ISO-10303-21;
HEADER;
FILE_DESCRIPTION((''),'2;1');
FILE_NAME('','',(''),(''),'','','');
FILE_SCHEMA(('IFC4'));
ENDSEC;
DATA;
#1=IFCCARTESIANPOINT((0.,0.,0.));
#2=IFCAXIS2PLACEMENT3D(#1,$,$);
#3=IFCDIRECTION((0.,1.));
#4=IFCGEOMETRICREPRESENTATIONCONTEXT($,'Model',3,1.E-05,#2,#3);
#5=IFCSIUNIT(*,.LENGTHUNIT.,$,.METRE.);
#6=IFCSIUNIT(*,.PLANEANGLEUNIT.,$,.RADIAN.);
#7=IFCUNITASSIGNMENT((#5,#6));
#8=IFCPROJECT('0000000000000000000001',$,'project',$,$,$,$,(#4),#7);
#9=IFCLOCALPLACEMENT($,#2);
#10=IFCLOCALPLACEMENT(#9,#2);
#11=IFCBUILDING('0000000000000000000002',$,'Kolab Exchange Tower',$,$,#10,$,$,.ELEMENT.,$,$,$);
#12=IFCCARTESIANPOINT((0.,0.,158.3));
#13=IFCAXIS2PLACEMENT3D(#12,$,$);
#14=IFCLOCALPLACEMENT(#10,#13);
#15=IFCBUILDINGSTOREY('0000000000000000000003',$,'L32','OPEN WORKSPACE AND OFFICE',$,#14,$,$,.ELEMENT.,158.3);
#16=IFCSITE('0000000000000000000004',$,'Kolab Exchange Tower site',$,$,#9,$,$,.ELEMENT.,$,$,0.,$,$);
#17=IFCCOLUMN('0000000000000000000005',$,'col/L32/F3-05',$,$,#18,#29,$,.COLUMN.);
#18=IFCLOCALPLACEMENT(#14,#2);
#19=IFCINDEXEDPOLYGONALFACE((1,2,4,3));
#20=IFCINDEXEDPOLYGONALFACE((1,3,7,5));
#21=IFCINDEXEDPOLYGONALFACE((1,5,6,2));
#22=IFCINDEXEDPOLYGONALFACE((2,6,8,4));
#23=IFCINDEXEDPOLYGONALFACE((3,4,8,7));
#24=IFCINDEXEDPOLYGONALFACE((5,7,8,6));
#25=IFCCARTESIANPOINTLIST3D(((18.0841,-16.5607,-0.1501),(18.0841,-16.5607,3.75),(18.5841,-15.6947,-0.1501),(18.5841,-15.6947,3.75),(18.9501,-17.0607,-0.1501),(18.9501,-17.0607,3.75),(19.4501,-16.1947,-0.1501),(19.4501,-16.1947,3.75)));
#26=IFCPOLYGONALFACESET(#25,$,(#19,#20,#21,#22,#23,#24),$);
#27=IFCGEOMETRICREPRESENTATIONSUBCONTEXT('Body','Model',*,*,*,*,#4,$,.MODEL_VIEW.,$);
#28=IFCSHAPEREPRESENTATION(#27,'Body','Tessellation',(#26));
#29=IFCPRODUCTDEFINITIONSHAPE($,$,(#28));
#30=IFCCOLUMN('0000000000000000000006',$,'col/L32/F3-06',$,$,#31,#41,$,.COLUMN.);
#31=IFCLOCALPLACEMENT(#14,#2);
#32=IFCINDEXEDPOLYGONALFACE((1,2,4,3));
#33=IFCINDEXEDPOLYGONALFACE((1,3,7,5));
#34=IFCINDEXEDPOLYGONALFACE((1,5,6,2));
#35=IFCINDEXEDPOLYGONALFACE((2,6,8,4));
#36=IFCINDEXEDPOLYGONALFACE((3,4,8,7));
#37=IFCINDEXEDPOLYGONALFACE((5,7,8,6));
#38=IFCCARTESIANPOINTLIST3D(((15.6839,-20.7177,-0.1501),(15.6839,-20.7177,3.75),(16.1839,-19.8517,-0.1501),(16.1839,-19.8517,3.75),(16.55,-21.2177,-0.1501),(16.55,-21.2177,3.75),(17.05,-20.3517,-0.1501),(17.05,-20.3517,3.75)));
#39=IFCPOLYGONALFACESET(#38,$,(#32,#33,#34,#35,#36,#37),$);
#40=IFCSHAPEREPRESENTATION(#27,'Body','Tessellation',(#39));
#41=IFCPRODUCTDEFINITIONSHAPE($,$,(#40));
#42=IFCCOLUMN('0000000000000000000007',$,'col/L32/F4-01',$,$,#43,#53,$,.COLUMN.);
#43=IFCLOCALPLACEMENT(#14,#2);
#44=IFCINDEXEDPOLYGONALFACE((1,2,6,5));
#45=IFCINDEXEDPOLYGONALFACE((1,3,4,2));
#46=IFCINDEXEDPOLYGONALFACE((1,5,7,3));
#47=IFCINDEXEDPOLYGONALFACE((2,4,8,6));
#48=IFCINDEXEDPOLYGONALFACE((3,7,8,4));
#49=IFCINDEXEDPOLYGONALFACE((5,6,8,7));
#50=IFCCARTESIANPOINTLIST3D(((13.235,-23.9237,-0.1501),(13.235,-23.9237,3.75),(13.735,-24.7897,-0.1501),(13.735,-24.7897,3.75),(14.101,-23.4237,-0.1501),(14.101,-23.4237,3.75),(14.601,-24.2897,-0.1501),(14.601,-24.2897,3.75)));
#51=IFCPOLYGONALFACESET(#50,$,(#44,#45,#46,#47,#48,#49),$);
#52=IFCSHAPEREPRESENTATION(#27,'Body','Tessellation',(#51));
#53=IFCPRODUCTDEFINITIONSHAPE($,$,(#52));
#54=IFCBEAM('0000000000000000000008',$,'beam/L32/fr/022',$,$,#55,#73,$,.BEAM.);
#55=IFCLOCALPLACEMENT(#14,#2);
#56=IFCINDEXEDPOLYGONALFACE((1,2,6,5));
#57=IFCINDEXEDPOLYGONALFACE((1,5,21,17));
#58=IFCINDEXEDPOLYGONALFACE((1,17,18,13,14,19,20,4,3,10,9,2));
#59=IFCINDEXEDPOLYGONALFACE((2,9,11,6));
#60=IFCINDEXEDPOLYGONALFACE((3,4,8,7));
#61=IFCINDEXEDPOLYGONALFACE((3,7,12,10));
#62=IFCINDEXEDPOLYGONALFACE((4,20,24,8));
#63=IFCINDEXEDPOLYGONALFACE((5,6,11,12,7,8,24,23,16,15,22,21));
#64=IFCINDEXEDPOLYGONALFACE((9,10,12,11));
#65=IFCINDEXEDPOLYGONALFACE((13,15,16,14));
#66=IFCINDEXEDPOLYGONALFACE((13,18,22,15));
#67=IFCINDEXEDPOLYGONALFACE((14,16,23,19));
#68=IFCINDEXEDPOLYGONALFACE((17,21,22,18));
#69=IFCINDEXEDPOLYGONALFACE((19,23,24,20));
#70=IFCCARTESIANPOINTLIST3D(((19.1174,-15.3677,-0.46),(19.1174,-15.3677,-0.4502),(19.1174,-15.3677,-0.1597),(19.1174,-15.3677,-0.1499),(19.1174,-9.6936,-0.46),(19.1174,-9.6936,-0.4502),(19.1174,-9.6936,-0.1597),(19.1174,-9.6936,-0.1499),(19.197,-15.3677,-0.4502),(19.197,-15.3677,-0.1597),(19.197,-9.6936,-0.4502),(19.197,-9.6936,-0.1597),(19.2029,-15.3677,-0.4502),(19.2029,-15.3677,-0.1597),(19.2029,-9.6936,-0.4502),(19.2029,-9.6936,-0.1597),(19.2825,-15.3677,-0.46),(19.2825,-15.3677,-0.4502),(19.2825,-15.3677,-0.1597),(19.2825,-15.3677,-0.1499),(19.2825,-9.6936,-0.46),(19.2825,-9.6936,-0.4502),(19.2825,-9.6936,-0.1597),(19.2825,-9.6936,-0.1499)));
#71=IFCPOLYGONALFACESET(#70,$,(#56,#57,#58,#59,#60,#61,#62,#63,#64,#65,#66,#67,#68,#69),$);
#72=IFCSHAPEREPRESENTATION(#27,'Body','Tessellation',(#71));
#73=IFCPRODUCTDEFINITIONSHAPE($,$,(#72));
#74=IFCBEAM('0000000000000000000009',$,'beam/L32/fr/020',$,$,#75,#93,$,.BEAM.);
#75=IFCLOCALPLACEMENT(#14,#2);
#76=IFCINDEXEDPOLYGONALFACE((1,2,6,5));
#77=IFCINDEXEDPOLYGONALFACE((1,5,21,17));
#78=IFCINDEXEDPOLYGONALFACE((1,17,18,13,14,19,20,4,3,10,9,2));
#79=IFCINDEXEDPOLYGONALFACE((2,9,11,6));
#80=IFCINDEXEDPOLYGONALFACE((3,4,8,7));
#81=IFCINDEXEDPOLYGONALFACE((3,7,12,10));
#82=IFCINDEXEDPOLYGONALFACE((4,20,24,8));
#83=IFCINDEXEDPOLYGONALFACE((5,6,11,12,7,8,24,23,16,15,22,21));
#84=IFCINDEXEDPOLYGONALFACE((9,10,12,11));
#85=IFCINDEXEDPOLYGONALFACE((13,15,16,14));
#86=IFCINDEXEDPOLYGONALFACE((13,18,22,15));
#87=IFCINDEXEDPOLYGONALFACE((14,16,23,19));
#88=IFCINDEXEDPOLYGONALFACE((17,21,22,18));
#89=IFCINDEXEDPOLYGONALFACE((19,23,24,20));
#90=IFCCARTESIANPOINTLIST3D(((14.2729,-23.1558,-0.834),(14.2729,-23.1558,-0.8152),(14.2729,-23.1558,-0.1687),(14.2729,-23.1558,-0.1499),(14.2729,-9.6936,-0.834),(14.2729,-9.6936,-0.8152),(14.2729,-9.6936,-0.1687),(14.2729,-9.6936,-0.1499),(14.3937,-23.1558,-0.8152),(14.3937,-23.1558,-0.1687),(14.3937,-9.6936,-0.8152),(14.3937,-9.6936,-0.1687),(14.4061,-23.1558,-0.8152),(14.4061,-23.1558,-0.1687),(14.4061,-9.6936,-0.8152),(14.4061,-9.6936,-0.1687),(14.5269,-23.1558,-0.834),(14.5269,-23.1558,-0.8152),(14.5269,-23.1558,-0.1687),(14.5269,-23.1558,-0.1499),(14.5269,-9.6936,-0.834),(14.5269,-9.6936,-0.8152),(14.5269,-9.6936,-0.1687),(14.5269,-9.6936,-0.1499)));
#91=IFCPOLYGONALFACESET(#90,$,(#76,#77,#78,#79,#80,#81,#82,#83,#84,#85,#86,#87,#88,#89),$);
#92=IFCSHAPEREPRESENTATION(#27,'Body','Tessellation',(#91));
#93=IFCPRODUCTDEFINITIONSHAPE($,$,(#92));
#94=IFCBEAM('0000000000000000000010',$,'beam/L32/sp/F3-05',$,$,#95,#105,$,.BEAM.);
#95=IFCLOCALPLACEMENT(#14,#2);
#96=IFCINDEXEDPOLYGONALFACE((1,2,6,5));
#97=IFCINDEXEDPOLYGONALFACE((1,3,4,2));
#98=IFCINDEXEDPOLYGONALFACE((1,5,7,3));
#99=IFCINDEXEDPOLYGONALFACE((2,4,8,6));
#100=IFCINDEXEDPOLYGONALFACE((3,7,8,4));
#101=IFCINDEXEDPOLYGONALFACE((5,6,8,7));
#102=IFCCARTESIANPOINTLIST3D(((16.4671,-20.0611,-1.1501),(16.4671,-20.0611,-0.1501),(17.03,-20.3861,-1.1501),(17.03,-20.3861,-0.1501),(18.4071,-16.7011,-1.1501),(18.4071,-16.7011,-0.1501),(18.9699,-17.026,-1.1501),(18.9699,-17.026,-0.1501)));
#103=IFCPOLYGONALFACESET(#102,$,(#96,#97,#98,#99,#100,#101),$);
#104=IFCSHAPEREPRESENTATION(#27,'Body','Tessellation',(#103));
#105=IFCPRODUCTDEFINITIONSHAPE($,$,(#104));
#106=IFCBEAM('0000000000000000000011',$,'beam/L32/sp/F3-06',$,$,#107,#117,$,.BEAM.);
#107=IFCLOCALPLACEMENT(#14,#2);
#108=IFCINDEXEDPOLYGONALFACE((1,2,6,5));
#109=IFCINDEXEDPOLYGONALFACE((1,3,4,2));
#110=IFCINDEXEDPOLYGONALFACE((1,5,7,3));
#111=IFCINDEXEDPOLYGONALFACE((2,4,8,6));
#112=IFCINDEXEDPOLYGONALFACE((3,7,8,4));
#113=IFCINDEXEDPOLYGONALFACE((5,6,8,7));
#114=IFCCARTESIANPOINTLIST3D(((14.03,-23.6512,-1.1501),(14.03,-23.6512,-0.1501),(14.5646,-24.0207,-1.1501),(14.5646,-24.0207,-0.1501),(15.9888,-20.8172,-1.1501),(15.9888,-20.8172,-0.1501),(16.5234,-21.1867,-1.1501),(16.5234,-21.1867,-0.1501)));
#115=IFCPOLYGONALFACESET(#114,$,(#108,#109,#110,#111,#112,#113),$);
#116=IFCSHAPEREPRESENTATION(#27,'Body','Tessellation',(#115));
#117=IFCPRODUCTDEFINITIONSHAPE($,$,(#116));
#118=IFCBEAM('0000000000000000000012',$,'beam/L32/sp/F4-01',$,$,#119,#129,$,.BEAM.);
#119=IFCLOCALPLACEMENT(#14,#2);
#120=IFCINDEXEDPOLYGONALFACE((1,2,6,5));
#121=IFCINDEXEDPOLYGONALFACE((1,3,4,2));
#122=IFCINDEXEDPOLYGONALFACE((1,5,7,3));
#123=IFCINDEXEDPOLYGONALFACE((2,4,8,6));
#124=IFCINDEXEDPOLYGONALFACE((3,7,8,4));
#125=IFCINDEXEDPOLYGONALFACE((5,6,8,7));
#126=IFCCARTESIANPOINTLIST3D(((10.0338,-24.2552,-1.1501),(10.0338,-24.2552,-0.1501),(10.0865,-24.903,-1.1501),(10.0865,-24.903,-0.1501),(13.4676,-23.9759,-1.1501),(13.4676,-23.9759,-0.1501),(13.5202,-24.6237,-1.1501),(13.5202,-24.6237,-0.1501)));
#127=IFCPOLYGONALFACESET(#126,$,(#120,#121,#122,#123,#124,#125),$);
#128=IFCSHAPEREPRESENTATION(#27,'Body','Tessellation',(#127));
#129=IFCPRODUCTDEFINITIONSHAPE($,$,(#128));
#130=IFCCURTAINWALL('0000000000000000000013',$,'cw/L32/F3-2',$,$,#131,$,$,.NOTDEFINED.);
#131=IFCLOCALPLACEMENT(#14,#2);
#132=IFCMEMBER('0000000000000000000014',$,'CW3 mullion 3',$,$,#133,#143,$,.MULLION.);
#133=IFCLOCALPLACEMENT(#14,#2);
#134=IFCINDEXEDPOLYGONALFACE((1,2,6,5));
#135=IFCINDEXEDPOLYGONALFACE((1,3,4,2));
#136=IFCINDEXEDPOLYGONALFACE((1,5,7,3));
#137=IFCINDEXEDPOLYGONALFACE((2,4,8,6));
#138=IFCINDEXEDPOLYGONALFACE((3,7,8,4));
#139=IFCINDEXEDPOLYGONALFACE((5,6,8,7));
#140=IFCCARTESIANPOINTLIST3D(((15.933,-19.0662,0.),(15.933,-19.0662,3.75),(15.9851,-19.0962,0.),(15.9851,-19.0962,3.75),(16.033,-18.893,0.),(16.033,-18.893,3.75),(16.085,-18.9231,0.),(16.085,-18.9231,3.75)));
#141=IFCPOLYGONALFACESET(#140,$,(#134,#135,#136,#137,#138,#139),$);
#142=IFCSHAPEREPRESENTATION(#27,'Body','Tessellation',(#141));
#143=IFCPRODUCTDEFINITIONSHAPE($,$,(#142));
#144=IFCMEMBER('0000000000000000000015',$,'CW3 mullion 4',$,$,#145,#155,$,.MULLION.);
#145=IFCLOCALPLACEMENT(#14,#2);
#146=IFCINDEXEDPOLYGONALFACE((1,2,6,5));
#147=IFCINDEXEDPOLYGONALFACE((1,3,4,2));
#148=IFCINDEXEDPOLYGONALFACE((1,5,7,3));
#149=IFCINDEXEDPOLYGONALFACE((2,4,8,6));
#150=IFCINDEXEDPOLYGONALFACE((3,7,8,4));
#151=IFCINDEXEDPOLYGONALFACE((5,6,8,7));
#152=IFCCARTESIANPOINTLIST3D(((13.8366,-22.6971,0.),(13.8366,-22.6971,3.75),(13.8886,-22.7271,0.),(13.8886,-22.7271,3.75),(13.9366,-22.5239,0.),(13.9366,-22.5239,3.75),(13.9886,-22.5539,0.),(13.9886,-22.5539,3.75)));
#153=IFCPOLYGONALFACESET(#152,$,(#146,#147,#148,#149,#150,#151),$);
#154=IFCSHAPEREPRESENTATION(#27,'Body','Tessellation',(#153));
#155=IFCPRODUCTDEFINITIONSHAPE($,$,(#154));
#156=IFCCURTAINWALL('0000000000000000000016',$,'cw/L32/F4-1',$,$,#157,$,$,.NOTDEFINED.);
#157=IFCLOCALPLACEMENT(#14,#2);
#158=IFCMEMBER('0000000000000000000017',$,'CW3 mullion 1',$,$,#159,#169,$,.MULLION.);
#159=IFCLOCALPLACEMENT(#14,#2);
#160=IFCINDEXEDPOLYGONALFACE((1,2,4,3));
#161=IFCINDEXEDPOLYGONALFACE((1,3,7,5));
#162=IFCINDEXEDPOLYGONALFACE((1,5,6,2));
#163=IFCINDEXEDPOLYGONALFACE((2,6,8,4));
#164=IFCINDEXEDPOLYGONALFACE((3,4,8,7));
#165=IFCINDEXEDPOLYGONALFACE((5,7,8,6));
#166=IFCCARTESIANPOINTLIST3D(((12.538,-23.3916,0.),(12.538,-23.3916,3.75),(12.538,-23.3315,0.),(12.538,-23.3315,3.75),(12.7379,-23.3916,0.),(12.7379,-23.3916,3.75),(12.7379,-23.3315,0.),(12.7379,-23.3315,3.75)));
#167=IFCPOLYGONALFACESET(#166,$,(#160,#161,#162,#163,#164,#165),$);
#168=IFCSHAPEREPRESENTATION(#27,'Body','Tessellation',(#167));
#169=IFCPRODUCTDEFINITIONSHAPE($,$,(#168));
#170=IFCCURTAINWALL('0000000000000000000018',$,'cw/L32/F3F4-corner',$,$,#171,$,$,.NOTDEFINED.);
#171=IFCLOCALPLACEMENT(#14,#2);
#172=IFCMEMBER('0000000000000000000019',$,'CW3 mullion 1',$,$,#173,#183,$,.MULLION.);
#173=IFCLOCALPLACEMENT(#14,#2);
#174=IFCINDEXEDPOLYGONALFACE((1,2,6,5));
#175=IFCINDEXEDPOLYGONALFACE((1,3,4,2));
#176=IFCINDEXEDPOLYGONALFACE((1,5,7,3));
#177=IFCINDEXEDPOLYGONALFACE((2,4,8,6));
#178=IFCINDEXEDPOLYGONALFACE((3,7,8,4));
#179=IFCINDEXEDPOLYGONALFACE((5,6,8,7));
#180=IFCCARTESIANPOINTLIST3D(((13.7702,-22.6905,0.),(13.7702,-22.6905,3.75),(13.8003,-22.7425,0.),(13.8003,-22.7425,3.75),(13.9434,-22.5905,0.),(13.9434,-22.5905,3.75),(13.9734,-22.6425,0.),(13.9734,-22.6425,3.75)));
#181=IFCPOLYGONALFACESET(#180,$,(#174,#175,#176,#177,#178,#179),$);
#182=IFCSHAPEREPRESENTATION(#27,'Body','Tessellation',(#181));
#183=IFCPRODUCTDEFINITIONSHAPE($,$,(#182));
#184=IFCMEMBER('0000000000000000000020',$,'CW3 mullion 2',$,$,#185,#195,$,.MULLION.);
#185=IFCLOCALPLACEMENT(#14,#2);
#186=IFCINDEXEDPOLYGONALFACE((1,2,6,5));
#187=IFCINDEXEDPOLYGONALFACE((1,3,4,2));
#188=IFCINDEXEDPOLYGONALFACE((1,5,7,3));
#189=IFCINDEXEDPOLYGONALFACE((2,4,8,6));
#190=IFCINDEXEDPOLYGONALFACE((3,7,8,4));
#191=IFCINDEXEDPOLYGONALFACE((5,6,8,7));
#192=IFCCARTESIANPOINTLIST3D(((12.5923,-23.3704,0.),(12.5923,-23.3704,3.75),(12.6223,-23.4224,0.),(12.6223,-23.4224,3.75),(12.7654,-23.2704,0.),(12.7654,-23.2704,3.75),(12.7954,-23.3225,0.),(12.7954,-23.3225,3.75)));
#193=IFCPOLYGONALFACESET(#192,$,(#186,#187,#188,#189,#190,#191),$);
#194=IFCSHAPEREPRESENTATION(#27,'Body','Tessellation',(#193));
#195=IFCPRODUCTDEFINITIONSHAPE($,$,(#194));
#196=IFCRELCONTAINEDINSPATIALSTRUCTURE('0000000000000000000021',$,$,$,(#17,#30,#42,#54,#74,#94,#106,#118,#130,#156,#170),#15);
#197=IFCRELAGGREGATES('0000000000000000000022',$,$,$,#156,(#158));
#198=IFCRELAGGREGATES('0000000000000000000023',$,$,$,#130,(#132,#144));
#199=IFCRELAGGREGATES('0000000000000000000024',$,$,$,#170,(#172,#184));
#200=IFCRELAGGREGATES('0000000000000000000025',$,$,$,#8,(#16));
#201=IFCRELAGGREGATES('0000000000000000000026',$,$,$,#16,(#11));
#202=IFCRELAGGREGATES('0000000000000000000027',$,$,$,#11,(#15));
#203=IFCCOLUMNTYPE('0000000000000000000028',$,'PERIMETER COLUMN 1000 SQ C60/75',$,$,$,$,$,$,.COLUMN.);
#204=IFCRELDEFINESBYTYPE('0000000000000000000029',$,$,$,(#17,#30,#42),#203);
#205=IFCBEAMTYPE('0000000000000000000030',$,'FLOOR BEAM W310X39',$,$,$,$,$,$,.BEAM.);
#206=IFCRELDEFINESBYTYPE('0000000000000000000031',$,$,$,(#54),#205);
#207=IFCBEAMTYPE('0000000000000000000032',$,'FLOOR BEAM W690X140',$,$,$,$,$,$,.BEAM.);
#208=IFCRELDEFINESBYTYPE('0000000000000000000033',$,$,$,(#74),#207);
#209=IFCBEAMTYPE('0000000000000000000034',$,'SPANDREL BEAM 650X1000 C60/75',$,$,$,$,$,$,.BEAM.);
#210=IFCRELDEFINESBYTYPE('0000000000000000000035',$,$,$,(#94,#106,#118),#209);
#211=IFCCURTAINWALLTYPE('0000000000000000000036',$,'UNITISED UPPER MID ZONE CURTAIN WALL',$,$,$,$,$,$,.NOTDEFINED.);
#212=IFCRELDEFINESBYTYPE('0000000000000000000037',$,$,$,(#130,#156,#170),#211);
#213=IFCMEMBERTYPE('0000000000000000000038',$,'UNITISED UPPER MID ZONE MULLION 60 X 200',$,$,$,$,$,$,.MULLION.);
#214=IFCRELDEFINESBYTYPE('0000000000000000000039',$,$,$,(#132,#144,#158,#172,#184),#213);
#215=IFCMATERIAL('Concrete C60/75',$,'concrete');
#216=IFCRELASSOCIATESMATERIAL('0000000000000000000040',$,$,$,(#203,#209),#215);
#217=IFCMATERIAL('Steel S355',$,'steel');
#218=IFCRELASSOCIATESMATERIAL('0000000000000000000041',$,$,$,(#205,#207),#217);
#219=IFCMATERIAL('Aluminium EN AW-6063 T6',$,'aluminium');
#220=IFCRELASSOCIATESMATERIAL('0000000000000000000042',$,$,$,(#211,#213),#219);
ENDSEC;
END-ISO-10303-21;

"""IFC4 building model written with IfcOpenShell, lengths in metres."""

from ifc_helpers import new_model, si_unit, direction, frame, origin, origin_2d, place, context, subcontext, project, spatial, rectangle, i_section, extrude, material, material_profile, profile_set, type_object, element, aggregate, save


model = new_model("IFC4")

# Units and contexts
model_context = context("Model", 3, precision=1e-05, world=origin(), true_north=direction((0.0, 1.0)))
body_context = subcontext(model_context, "Body", "Model", "MODEL_VIEW")
ifc_project = project(units=[si_unit("LENGTHUNIT", "METRE"), si_unit("PLANEANGLEUNIT", "RADIAN")], contexts=[model_context])

# Site, building, storey
site_placement = place(None, origin())
site = spatial("IfcSite", under=ifc_project, at=site_placement, Name="Kolab Exchange Tower site", CompositionType="ELEMENT", RefElevation=0.0)
building_placement = place(site_placement, origin())
building = spatial("IfcBuilding", under=site, at=building_placement, Name="Kolab Exchange Tower", CompositionType="ELEMENT")
storey_placement = place(building_placement, frame((0.0, 0.0, 158.3)))
storey = spatial("IfcBuildingStorey", under=building, at=storey_placement, Name="L32", Description="OPEN WORKSPACE AND OFFICE", CompositionType="ELEMENT", Elevation=158.3)

# Columns
ifc_material_1 = material(Name="Concrete C60/75", Category="concrete")
ifc_material_profile_1 = material_profile(ifc_material_1, rectangle(XDim=1.0, YDim=1.0, at=origin_2d()), Name="RC1000")
ifc_profile_set_1 = profile_set([ifc_material_profile_1], Name="Concrete C60/75")
column_type = type_object("IfcColumnType", Name="PERIMETER COLUMN 1000 SQ C60/75", PredefinedType="COLUMN", material=ifc_profile_set_1)
for number, where, z_axis, x_axis, name in (
    (1, (18.7671, -16.3777, -0.1501), (0.0, 0.0, 1.0), (0.5, 0.866025, 0.0), "col/L32/F3-05"),
    (2, (16.3669, -20.5347, -0.1501), (0.0, 0.0, 1.0), (0.5, 0.866025, 0.0), "col/L32/F3-06"),
    (3, (13.918, -24.1067, -0.1501), (0.0, 0.0, 1.0), (0.866025, 0.5, 0.0), "col/L32/F4-01"),
):
    element("IfcColumn", number, at=place(storey_placement, frame(where, z_axis=z_axis, x_axis=x_axis)), inside=storey, type_object=column_type, Name=name, PredefinedType="COLUMN", context=body_context, shape_type="SweptSolid", body=[
        extrude(rectangle(XDim=1.0, YDim=1.0, at=origin_2d()), origin(), (0.0, 0.0, 1.0), 3.9001),
    ])

# Beams
ifc_material_2 = material(Name="Steel S355", Category="steel")
ifc_material_profile_2 = material_profile(ifc_material_2, i_section(OverallWidth=0.165, OverallDepth=0.3101, WebThickness=0.0059, FlangeThickness=0.0098, at=origin_2d()), Name="W310X39")
ifc_profile_set_2 = profile_set([ifc_material_profile_2], Name="Steel S355")
beam_type_1 = type_object("IfcBeamType", Name="FLOOR BEAM W310X39", PredefinedType="BEAM", material=ifc_profile_set_2)
beam_1_placement = place(storey_placement, frame((19.2, -15.3677, -0.3049), z_axis=(0.0, 1.0, 0.0), x_axis=(-1.0, 0.0, 0.0)))
element("IfcBeam", 4, at=beam_1_placement, inside=storey, type_object=beam_type_1, Name="beam/L32/fr/022", PredefinedType="BEAM", context=body_context, shape_type="SweptSolid", body=[
    extrude(i_section(OverallWidth=0.165, OverallDepth=0.3101, WebThickness=0.0059, FlangeThickness=0.0098, at=origin_2d()), origin(), (0.0, 0.0, 1.0), 5.6741),
])
ifc_material_profile_3 = material_profile(ifc_material_2, i_section(OverallWidth=0.2539, OverallDepth=0.6841, WebThickness=0.0125, FlangeThickness=0.0188, at=origin_2d()), Name="W690X140")
ifc_profile_set_3 = profile_set([ifc_material_profile_3], Name="Steel S355")
beam_type_2 = type_object("IfcBeamType", Name="FLOOR BEAM W690X140", PredefinedType="BEAM", material=ifc_profile_set_3)
beam_2_placement = place(storey_placement, frame((14.3999, -23.1558, -0.4919), z_axis=(0.0, 1.0, 0.0), x_axis=(-1.0, 0.0, 0.0)))
element("IfcBeam", 5, at=beam_2_placement, inside=storey, type_object=beam_type_2, Name="beam/L32/fr/020", PredefinedType="BEAM", context=body_context, shape_type="SweptSolid", body=[
    extrude(i_section(OverallWidth=0.2539, OverallDepth=0.6841, WebThickness=0.0125, FlangeThickness=0.0188, at=origin_2d()), origin(), (0.0, 0.0, 1.0), 13.4622),
])
ifc_material_profile_4 = material_profile(ifc_material_1, rectangle(XDim=0.6499, YDim=1.0, at=origin_2d()), Name="RC650X1000")
ifc_profile_set_4 = profile_set([ifc_material_profile_4], Name="Concrete C60/75")
beam_type_3 = type_object("IfcBeamType", Name="SPANDREL BEAM 650X1000 C60/75", PredefinedType="BEAM", material=ifc_profile_set_4)
beam_3_placement = place(storey_placement, frame((18.6885, -16.8635, -0.6501), z_axis=(-0.499997, -0.866027, 0.0), x_axis=(0.866027, -0.499997, 0.0)))
element("IfcBeam", 6, at=beam_3_placement, inside=storey, type_object=beam_type_3, Name="beam/L32/sp/F3-05", PredefinedType="BEAM", context=body_context, shape_type="SweptSolid", body=[
    extrude(rectangle(XDim=0.6499, YDim=1.0, at=origin_2d()), origin(), (0.0, 0.0, 1.0), 3.8799),
])
for number, where, z_axis, x_axis, name in (
    (7, (16.2561, -21.002, -0.6501), (-0.568572, -0.822633, 0.0), (0.822633, -0.568572, 0.0), "beam/L32/sp/F3-06"),
    (8, (13.4939, -24.2998, -0.6501), (-0.996708, -0.081069, 0.0), (0.081069, -0.996708, 0.0), "beam/L32/sp/F4-01"),
):
    element("IfcBeam", number, at=place(storey_placement, frame(where, z_axis=z_axis, x_axis=x_axis)), inside=storey, type_object=beam_type_3, Name=name, PredefinedType="BEAM", context=body_context, shape_type="SweptSolid", body=[
        extrude(rectangle(XDim=0.6499, YDim=1.0, at=origin_2d()), origin(), (0.0, 0.0, 1.0), 3.4451),
    ])

# Curtain wall, members
ifc_material_3 = material(Name="Aluminium EN AW-6063 T6", Category="aluminium")
curtain_wall_type = type_object("IfcCurtainWallType", Name="UNITISED UPPER MID ZONE CURTAIN WALL", PredefinedType="NOTDEFINED", material=ifc_material_3)
curtain_wall_1_placement = place(storey_placement, origin())
curtain_wall_1 = element("IfcCurtainWall", 9, at=curtain_wall_1_placement, inside=storey, type_object=curtain_wall_type, Name="cw/L32/F3-2", PredefinedType="NOTDEFINED")
ifc_material_profile_5 = material_profile(ifc_material_3, rectangle(XDim=0.0601, YDim=0.2, at=origin_2d()), Name="RECT 60X200")
ifc_profile_set_5 = profile_set([ifc_material_profile_5], Name="Aluminium EN AW-6063 T6")
member_type_1 = type_object("IfcMemberType", Name="UNITISED UPPER MID ZONE MULLION 60 X 200", PredefinedType="MULLION", material=ifc_profile_set_5)
member_1_placement = place(storey_placement, frame((16.009, -18.9946, 0.0), z_axis=(0.0, 0.0, 1.0), x_axis=(0.866025, -0.5, 0.0)))
member_1 = element("IfcMember", 10, at=member_1_placement, type_object=member_type_1, Name="CW3 mullion 3", PredefinedType="MULLION", context=body_context, shape_type="SweptSolid", body=[
    extrude(rectangle(XDim=0.0601, YDim=0.2, at=origin_2d()), origin(), (0.0, 0.0, 1.0), 3.75),
])
member_2_placement = place(storey_placement, frame((13.9126, -22.6255, 0.0), z_axis=(0.0, 0.0, 1.0), x_axis=(0.866025, -0.5, 0.0)))
member_2 = element("IfcMember", 11, at=member_2_placement, type_object=member_type_1, Name="CW3 mullion 4", PredefinedType="MULLION", context=body_context, shape_type="SweptSolid", body=[
    extrude(rectangle(XDim=0.0601, YDim=0.2, at=origin_2d()), origin(), (0.0, 0.0, 1.0), 3.75),
])

# Curtain wall, member
curtain_wall_2_placement = place(storey_placement, origin())
curtain_wall_2 = element("IfcCurtainWall", 12, at=curtain_wall_2_placement, inside=storey, type_object=curtain_wall_type, Name="cw/L32/F4-1", PredefinedType="NOTDEFINED")
member_3_placement = place(storey_placement, frame((12.6379, -23.3616, 0.0), z_axis=(0.0, 0.0, 1.0), x_axis=(0.0, -1.0, 0.0)))
member_3 = element("IfcMember", 13, at=member_3_placement, type_object=member_type_1, Name="CW3 mullion 1", PredefinedType="MULLION", context=body_context, shape_type="SweptSolid", body=[
    extrude(rectangle(XDim=0.0601, YDim=0.2, at=origin_2d()), origin(), (0.0, 0.0, 1.0), 3.75),
])

# Curtain wall, members
curtain_wall_3_placement = place(storey_placement, origin())
curtain_wall_3 = element("IfcCurtainWall", 14, at=curtain_wall_3_placement, inside=storey, type_object=curtain_wall_type, Name="cw/L32/F3F4-corner", PredefinedType="NOTDEFINED")
member_4_placement = place(storey_placement, frame((13.8718, -22.6665, 0.0), z_axis=(0.0, 0.0, 1.0), x_axis=(0.5, -0.866025, 0.0)))
member_4 = element("IfcMember", 15, at=member_4_placement, type_object=member_type_1, Name="CW3 mullion 1", PredefinedType="MULLION", context=body_context, shape_type="SweptSolid", body=[
    extrude(rectangle(XDim=0.0601, YDim=0.2, at=origin_2d()), origin(), (0.0, 0.0, 1.0), 3.75),
])
member_5_placement = place(storey_placement, frame((12.6938, -23.3464, 0.0), z_axis=(0.0, 0.0, 1.0), x_axis=(0.5, -0.866025, 0.0)))
member_5 = element("IfcMember", 16, at=member_5_placement, type_object=member_type_1, Name="CW3 mullion 2", PredefinedType="MULLION", context=body_context, shape_type="SweptSolid", body=[
    extrude(rectangle(XDim=0.0601, YDim=0.2, at=origin_2d()), origin(), (0.0, 0.0, 1.0), 3.75),
])

aggregate(curtain_wall_2, [member_3])

aggregate(curtain_wall_1, [member_1, member_2])
aggregate(curtain_wall_3, [member_4, member_5])

save(model, "model.ifc")
